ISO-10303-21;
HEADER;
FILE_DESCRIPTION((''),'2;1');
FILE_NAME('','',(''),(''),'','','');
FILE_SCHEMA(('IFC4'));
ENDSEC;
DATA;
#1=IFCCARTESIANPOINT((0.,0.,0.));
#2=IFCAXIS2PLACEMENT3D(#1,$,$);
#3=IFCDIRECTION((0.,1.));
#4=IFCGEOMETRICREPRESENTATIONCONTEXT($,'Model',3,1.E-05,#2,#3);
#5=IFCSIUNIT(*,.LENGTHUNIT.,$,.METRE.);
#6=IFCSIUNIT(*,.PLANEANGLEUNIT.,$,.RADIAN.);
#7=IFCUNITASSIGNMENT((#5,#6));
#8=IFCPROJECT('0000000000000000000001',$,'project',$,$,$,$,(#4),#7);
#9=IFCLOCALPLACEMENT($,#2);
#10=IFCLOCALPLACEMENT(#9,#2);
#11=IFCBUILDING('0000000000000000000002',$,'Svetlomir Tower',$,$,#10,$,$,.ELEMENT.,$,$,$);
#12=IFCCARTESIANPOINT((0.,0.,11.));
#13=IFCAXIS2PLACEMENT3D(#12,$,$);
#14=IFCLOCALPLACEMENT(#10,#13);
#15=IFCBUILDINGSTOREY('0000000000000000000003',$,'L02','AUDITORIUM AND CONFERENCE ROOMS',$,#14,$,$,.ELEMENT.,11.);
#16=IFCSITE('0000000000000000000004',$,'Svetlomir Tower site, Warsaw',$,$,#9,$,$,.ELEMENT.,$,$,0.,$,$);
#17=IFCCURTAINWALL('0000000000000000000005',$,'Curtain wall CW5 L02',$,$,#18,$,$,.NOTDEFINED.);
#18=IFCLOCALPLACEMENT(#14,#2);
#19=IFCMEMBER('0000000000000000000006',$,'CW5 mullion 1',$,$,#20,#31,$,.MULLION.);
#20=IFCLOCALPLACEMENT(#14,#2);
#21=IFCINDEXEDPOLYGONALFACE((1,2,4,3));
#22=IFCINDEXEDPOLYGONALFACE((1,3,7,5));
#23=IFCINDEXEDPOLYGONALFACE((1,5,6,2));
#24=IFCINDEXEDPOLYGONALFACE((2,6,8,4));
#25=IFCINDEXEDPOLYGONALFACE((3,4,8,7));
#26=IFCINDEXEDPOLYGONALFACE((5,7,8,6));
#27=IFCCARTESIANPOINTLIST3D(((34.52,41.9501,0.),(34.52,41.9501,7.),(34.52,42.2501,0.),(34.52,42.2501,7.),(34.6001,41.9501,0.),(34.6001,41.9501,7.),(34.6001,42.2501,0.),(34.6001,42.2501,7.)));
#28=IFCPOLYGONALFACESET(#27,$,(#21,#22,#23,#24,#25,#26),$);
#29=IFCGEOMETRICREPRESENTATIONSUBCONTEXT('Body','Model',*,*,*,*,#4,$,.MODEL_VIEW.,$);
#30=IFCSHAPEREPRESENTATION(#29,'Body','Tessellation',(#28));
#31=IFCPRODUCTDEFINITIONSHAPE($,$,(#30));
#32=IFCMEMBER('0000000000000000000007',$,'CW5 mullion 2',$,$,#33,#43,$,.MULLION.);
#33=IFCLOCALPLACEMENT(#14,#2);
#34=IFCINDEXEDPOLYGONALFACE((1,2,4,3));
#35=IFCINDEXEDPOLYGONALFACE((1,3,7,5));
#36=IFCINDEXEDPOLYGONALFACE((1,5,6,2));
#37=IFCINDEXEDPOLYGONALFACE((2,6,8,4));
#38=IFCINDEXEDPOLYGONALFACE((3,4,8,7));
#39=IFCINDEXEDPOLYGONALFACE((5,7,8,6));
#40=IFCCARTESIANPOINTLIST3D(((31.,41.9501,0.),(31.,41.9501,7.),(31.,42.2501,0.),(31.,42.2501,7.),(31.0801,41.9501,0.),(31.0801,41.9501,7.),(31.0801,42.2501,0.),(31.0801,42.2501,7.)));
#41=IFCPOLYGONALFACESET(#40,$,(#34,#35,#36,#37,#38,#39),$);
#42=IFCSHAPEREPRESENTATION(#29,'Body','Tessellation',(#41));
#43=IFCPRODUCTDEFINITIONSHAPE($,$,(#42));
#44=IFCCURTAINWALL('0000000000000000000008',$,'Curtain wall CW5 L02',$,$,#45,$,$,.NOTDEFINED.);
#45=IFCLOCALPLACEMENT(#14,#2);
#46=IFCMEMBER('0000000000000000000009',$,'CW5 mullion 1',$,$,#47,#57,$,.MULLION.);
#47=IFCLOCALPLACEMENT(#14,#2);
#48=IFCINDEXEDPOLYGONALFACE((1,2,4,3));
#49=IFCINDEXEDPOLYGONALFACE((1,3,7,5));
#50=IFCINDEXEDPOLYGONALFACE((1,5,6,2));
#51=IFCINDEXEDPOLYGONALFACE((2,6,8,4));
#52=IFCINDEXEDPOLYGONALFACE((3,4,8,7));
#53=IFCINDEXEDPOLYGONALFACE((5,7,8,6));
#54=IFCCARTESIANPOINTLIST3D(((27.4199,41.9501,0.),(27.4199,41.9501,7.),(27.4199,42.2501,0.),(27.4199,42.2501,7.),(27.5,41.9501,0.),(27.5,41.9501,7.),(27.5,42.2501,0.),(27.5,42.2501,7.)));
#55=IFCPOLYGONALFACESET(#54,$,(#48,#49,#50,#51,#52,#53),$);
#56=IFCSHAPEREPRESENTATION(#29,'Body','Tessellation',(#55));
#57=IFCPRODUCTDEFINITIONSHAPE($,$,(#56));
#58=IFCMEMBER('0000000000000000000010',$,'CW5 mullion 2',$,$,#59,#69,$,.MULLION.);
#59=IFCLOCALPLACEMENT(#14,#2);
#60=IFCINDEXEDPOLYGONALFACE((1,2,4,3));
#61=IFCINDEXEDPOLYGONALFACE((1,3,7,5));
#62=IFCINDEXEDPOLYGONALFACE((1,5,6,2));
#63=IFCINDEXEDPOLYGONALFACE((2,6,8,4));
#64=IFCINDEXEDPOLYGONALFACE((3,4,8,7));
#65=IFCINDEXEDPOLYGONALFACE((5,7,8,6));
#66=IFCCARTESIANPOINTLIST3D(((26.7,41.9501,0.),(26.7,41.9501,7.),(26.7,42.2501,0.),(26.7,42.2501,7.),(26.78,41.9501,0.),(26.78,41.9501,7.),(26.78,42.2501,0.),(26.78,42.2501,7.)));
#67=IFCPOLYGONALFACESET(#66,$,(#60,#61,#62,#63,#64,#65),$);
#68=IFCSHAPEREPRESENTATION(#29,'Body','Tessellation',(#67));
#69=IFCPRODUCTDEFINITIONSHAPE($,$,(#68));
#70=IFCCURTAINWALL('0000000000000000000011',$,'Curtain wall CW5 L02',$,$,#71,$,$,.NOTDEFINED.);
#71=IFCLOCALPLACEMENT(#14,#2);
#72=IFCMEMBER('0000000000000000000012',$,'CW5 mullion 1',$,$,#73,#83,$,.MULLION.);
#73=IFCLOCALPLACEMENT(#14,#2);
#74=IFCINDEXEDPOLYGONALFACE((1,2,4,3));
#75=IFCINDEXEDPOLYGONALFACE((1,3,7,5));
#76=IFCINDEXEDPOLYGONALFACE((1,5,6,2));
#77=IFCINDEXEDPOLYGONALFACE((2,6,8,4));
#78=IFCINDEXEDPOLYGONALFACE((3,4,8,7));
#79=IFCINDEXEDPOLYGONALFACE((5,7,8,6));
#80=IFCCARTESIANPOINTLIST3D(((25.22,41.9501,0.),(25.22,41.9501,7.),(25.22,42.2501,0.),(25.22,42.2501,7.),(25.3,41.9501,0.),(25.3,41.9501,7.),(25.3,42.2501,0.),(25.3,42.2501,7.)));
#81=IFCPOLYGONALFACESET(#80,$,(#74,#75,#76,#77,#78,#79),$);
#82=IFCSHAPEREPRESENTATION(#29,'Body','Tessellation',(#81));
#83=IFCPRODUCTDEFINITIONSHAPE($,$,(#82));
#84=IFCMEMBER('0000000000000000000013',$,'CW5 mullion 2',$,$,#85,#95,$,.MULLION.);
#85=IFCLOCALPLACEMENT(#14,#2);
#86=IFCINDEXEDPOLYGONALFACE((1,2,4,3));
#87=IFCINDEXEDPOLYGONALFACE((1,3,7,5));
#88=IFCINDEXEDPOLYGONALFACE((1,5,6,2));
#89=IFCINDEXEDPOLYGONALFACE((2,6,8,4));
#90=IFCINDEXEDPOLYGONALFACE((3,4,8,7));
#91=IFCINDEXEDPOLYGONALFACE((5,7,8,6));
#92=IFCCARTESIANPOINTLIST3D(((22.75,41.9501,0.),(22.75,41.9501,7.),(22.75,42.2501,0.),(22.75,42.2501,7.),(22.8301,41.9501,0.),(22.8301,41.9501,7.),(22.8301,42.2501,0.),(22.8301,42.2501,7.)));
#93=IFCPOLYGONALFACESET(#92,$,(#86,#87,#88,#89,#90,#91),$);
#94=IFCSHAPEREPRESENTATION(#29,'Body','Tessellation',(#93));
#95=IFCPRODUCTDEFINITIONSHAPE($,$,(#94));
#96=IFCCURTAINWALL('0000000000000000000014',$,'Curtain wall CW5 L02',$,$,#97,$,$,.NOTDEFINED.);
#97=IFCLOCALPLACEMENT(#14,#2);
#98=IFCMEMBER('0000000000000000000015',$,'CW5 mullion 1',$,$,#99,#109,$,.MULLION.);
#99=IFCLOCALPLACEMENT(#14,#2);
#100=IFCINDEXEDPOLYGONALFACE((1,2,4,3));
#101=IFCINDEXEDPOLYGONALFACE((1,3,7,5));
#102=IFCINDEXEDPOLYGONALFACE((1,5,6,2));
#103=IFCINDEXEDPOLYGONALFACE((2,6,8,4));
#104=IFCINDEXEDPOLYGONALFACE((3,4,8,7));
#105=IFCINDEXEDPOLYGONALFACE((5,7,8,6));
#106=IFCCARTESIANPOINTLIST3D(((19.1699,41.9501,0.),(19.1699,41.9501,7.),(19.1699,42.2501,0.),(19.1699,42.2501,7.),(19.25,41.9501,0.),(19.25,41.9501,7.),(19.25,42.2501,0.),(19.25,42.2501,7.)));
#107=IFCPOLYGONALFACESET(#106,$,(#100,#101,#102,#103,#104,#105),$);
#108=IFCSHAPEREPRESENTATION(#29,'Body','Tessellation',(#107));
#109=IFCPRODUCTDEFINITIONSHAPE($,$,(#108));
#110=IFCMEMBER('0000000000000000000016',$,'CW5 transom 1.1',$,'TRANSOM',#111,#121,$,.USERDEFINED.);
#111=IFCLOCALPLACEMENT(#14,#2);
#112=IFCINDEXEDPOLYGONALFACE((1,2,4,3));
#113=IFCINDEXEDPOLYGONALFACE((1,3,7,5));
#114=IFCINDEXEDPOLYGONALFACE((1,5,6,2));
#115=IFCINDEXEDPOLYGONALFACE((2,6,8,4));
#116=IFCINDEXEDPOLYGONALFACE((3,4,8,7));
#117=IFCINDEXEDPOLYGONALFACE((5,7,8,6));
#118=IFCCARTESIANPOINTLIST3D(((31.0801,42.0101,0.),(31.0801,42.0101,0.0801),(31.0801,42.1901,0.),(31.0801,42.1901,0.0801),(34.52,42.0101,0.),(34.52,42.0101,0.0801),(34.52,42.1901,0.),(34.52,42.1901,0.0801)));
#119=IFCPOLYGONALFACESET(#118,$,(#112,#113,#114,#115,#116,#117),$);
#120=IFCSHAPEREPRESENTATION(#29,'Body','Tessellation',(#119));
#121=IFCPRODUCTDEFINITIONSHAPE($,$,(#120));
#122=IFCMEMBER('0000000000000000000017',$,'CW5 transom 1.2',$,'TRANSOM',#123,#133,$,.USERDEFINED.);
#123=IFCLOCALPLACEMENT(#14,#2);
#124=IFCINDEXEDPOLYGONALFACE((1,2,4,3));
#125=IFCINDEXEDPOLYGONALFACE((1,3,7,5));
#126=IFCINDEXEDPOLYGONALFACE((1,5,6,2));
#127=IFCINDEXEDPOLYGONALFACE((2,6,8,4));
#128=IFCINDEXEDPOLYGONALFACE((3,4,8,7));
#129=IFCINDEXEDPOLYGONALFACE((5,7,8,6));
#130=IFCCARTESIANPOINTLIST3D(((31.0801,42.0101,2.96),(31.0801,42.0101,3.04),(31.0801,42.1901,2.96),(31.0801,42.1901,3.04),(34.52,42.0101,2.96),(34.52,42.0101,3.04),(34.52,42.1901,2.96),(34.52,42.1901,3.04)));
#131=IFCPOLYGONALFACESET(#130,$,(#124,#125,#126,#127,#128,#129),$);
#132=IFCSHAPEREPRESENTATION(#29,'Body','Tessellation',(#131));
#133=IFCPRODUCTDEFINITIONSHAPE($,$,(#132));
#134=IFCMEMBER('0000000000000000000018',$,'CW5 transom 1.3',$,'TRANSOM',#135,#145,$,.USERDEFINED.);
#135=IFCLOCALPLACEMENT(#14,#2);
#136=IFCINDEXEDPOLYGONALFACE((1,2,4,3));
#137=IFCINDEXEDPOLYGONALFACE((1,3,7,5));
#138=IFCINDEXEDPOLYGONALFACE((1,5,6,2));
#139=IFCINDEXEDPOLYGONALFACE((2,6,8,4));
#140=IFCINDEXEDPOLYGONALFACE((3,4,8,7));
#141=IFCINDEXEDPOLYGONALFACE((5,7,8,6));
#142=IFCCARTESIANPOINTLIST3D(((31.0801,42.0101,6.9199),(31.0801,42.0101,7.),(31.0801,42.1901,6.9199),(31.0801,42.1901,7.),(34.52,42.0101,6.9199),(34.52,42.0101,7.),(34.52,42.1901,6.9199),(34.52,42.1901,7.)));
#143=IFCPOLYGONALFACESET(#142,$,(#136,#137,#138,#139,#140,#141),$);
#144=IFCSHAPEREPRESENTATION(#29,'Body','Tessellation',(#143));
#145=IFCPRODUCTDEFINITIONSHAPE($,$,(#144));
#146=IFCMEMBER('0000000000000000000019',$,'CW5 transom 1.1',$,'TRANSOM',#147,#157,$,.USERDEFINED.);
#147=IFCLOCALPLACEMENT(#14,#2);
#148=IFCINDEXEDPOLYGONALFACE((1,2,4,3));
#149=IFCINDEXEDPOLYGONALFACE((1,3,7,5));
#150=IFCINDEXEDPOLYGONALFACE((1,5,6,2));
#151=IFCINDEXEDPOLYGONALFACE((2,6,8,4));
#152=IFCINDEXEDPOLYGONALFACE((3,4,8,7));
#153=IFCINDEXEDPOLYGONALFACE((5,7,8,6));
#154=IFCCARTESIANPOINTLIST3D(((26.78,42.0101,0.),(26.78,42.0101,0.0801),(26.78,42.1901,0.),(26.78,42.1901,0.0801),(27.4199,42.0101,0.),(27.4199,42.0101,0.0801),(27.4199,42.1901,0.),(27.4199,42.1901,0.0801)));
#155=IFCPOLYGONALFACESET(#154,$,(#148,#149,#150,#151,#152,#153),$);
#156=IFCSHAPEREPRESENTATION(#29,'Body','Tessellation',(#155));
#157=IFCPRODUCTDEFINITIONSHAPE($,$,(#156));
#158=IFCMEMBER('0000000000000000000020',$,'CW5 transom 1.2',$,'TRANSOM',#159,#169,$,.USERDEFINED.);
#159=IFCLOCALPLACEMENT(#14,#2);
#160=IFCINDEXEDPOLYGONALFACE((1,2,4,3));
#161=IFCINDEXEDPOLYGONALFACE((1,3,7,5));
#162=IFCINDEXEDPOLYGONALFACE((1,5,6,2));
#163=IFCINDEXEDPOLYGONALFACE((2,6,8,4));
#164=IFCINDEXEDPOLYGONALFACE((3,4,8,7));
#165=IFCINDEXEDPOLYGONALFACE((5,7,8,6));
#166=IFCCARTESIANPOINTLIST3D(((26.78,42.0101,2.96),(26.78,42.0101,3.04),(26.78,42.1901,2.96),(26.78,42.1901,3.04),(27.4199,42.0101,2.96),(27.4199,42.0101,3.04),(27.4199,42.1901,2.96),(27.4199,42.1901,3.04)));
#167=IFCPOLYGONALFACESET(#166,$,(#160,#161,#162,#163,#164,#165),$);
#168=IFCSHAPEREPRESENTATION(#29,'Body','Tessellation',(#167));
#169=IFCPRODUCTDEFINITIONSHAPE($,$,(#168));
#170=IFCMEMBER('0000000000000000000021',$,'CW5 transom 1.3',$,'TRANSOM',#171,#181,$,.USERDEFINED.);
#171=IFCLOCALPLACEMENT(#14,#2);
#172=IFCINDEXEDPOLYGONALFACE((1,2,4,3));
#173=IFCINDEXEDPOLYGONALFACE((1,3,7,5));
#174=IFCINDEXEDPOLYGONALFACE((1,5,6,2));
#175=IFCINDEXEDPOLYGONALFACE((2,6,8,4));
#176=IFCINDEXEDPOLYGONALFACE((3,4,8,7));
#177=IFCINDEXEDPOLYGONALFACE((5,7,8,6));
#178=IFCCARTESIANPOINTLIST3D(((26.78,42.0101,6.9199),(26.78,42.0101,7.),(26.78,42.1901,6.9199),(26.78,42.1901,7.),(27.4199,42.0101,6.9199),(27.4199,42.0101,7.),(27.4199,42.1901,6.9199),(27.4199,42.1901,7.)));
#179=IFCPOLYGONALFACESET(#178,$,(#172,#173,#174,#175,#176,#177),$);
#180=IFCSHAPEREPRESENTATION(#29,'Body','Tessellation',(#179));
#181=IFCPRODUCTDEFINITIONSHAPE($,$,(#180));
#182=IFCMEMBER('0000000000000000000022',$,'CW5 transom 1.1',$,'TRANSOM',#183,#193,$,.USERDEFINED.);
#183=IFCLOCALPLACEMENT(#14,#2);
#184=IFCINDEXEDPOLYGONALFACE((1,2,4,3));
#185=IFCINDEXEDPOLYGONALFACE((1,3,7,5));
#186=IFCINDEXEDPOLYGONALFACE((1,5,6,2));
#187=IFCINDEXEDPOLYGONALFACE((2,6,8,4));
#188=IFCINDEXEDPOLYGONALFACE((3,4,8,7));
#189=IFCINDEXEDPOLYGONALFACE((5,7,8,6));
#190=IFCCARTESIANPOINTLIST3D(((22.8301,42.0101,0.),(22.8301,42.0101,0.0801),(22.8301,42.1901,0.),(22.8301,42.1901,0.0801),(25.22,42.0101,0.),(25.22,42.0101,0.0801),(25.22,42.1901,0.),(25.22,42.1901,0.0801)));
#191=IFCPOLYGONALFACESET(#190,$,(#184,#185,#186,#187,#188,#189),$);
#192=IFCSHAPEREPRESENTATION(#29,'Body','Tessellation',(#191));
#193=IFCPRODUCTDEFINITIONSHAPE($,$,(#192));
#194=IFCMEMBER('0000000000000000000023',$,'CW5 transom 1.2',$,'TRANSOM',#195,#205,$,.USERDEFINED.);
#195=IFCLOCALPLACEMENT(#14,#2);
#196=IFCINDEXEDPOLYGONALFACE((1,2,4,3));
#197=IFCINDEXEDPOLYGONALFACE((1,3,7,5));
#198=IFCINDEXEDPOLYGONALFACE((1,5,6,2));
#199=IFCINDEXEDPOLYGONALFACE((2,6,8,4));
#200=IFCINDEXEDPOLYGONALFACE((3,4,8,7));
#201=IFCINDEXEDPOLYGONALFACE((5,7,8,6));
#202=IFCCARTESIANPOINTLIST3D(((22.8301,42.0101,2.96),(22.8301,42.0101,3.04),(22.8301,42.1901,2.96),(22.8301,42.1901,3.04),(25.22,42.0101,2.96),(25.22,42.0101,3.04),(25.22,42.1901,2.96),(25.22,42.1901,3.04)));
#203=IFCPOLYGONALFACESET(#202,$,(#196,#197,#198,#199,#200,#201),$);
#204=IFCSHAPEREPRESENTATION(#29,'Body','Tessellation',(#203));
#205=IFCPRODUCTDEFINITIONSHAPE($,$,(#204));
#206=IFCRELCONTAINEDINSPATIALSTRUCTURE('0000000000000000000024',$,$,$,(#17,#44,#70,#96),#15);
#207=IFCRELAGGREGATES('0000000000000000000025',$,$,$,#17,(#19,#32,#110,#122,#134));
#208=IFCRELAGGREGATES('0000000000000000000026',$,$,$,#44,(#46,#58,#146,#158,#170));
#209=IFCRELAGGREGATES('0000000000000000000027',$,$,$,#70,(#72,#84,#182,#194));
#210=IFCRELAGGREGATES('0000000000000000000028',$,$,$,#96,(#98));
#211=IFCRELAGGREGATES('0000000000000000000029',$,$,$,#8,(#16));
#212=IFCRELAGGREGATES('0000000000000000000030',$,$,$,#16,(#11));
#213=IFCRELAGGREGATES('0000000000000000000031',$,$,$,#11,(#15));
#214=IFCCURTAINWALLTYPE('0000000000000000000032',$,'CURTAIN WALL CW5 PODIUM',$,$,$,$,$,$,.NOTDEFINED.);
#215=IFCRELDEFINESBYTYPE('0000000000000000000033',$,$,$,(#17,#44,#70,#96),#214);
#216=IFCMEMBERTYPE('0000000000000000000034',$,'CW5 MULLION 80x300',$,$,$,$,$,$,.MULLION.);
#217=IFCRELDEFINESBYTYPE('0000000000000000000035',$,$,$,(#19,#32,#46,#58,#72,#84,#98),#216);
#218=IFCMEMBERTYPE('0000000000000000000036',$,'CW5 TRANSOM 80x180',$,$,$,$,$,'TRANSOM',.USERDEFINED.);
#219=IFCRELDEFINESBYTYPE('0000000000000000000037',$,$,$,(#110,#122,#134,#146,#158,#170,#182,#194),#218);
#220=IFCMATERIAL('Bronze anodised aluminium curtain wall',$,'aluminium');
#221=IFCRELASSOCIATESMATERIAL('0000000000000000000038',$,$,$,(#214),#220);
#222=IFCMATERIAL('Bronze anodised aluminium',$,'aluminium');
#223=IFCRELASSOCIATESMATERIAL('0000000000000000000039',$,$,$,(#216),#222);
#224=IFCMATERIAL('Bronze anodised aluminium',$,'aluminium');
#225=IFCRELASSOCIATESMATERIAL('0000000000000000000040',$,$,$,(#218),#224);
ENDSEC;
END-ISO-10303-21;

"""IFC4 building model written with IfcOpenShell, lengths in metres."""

from ifc_helpers import new_model, si_unit, direction, frame, origin, origin_2d, place, context, subcontext, project, spatial, rectangle, extrude, material, material_profile, profile_set, type_object, element, aggregate, save


model = new_model("IFC4")

# Units and contexts
model_context = context("Model", 3, precision=1e-05, world=origin(), true_north=direction((0.0, 1.0)))
body_context = subcontext(model_context, "Body", "Model", "MODEL_VIEW")
ifc_project = project(units=[si_unit("LENGTHUNIT", "METRE"), si_unit("PLANEANGLEUNIT", "RADIAN")], contexts=[model_context])

# Site, building, storey
site_placement = place(None, origin())
site = spatial("IfcSite", under=ifc_project, at=site_placement, Name="Svetlomir Tower site, Warsaw", CompositionType="ELEMENT", RefElevation=0.0)
building_placement = place(site_placement, origin())
building = spatial("IfcBuilding", under=site, at=building_placement, Name="Svetlomir Tower", CompositionType="ELEMENT")
storey_placement = place(building_placement, frame((0.0, 0.0, 11.0)))
storey = spatial("IfcBuildingStorey", under=building, at=storey_placement, Name="L02", Description="AUDITORIUM AND CONFERENCE ROOMS", CompositionType="ELEMENT", Elevation=11.0)

# Curtain walls, members
ifc_material_1 = material(Name="Bronze anodised aluminium curtain wall", Category="aluminium")
curtain_wall_type = type_object("IfcCurtainWallType", Name="CURTAIN WALL CW5 PODIUM", PredefinedType="NOTDEFINED", material=ifc_material_1)
curtain_wall_1_placement = place(storey_placement, origin())
curtain_wall_1 = element("IfcCurtainWall", 1, at=curtain_wall_1_placement, inside=storey, type_object=curtain_wall_type, Name="Curtain wall CW5 L02", PredefinedType="NOTDEFINED")
ifc_material_2 = material(Name="Bronze anodised aluminium", Category="aluminium")
ifc_material_profile_1 = material_profile(ifc_material_2, rectangle(XDim=0.0801, YDim=0.3, at=origin_2d()), Name="AL 80x300")
ifc_profile_set_1 = profile_set([ifc_material_profile_1], Name="Bronze anodised aluminium 6063-T6")
member_type_1 = type_object("IfcMemberType", Name="CW5 MULLION 80x300", PredefinedType="MULLION", material=ifc_profile_set_1)
member_1_placement = place(storey_placement, frame((34.5601, 42.1001, 0.0), z_axis=(0.0, 0.0, 1.0), x_axis=(-1.0, 0.0, 0.0)))
member_1 = element("IfcMember", 2, at=member_1_placement, type_object=member_type_1, Name="CW5 mullion 1", PredefinedType="MULLION", context=body_context, shape_type="SweptSolid", body=[
    extrude(rectangle(XDim=0.0801, YDim=0.3, at=origin_2d()), origin(), (0.0, 0.0, 1.0), 7.0),
])
member_2_placement = place(storey_placement, frame((31.04, 42.1001, 0.0), z_axis=(0.0, 0.0, 1.0), x_axis=(-1.0, 0.0, 0.0)))
member_2 = element("IfcMember", 3, at=member_2_placement, type_object=member_type_1, Name="CW5 mullion 2", PredefinedType="MULLION", context=body_context, shape_type="SweptSolid", body=[
    extrude(rectangle(XDim=0.0801, YDim=0.3, at=origin_2d()), origin(), (0.0, 0.0, 1.0), 7.0),
])
curtain_wall_2_placement = place(storey_placement, origin())
curtain_wall_2 = element("IfcCurtainWall", 4, at=curtain_wall_2_placement, inside=storey, type_object=curtain_wall_type, Name="Curtain wall CW5 L02", PredefinedType="NOTDEFINED")
member_3_placement = place(storey_placement, frame((27.46, 42.1001, 0.0), z_axis=(0.0, 0.0, 1.0), x_axis=(-1.0, 0.0, 0.0)))
member_3 = element("IfcMember", 5, at=member_3_placement, type_object=member_type_1, Name="CW5 mullion 1", PredefinedType="MULLION", context=body_context, shape_type="SweptSolid", body=[
    extrude(rectangle(XDim=0.0801, YDim=0.3, at=origin_2d()), origin(), (0.0, 0.0, 1.0), 7.0),
])
member_4_placement = place(storey_placement, frame((26.74, 42.1001, 0.0), z_axis=(0.0, 0.0, 1.0), x_axis=(-1.0, 0.0, 0.0)))
member_4 = element("IfcMember", 6, at=member_4_placement, type_object=member_type_1, Name="CW5 mullion 2", PredefinedType="MULLION", context=body_context, shape_type="SweptSolid", body=[
    extrude(rectangle(XDim=0.0801, YDim=0.3, at=origin_2d()), origin(), (0.0, 0.0, 1.0), 7.0),
])
curtain_wall_3_placement = place(storey_placement, origin())
curtain_wall_3 = element("IfcCurtainWall", 7, at=curtain_wall_3_placement, inside=storey, type_object=curtain_wall_type, Name="Curtain wall CW5 L02", PredefinedType="NOTDEFINED")
member_5_placement = place(storey_placement, frame((25.26, 42.1001, 0.0), z_axis=(0.0, 0.0, 1.0), x_axis=(-1.0, 0.0, 0.0)))
member_5 = element("IfcMember", 8, at=member_5_placement, type_object=member_type_1, Name="CW5 mullion 1", PredefinedType="MULLION", context=body_context, shape_type="SweptSolid", body=[
    extrude(rectangle(XDim=0.0801, YDim=0.3, at=origin_2d()), origin(), (0.0, 0.0, 1.0), 7.0),
])
member_6_placement = place(storey_placement, frame((22.79, 42.1001, 0.0), z_axis=(0.0, 0.0, 1.0), x_axis=(-1.0, 0.0, 0.0)))
member_6 = element("IfcMember", 9, at=member_6_placement, type_object=member_type_1, Name="CW5 mullion 2", PredefinedType="MULLION", context=body_context, shape_type="SweptSolid", body=[
    extrude(rectangle(XDim=0.0801, YDim=0.3, at=origin_2d()), origin(), (0.0, 0.0, 1.0), 7.0),
])

# Curtain wall, member
curtain_wall_4_placement = place(storey_placement, origin())
curtain_wall_4 = element("IfcCurtainWall", 10, at=curtain_wall_4_placement, inside=storey, type_object=curtain_wall_type, Name="Curtain wall CW5 L02", PredefinedType="NOTDEFINED")
member_7_placement = place(storey_placement, frame((19.21, 42.1001, 0.0), z_axis=(0.0, 0.0, 1.0), x_axis=(-1.0, 0.0, 0.0)))
member_7 = element("IfcMember", 11, at=member_7_placement, type_object=member_type_1, Name="CW5 mullion 1", PredefinedType="MULLION", context=body_context, shape_type="SweptSolid", body=[
    extrude(rectangle(XDim=0.0801, YDim=0.3, at=origin_2d()), origin(), (0.0, 0.0, 1.0), 7.0),
])

# Members
ifc_material_3 = material(Name="Bronze anodised aluminium", Category="aluminium")
ifc_material_profile_2 = material_profile(ifc_material_3, rectangle(XDim=0.1799, YDim=0.0801, at=origin_2d()), Name="AL 180x80")
ifc_profile_set_2 = profile_set([ifc_material_profile_2], Name="Bronze anodised aluminium 6063-T6")
member_type_2 = type_object("IfcMemberType", Name="CW5 TRANSOM 80x180", ElementType="TRANSOM", PredefinedType="USERDEFINED", material=ifc_profile_set_2)
member_8_placement = place(storey_placement, frame((34.52, 42.1001, 0.04), z_axis=(-1.0, 0.0, 0.0), x_axis=(0.0, -1.0, 0.0)))
member_8 = element("IfcMember", 12, at=member_8_placement, type_object=member_type_2, Name="CW5 transom 1.1", ObjectType="TRANSOM", PredefinedType="USERDEFINED", context=body_context, shape_type="SweptSolid", body=[
    extrude(rectangle(XDim=0.1799, YDim=0.0801, at=origin_2d()), origin(), (0.0, 0.0, 1.0), 3.4399),
])
member_9_placement = place(storey_placement, frame((34.52, 42.1001, 3.0), z_axis=(-1.0, 0.0, 0.0), x_axis=(0.0, -1.0, 0.0)))
member_9 = element("IfcMember", 13, at=member_9_placement, type_object=member_type_2, Name="CW5 transom 1.2", ObjectType="TRANSOM", PredefinedType="USERDEFINED", context=body_context, shape_type="SweptSolid", body=[
    extrude(rectangle(XDim=0.1799, YDim=0.0801, at=origin_2d()), origin(), (0.0, 0.0, 1.0), 3.4399),
])
member_10_placement = place(storey_placement, frame((34.52, 42.1001, 6.96), z_axis=(-1.0, 0.0, 0.0), x_axis=(0.0, -1.0, 0.0)))
member_10 = element("IfcMember", 14, at=member_10_placement, type_object=member_type_2, Name="CW5 transom 1.3", ObjectType="TRANSOM", PredefinedType="USERDEFINED", context=body_context, shape_type="SweptSolid", body=[
    extrude(rectangle(XDim=0.1799, YDim=0.0801, at=origin_2d()), origin(), (0.0, 0.0, 1.0), 3.4399),
])
member_11_placement = place(storey_placement, frame((27.4199, 42.1001, 0.04), z_axis=(-1.0, 0.0, 0.0), x_axis=(0.0, -1.0, 0.0)))
member_11 = element("IfcMember", 15, at=member_11_placement, type_object=member_type_2, Name="CW5 transom 1.1", ObjectType="TRANSOM", PredefinedType="USERDEFINED", context=body_context, shape_type="SweptSolid", body=[
    extrude(rectangle(XDim=0.1799, YDim=0.0801, at=origin_2d()), origin(), (0.0, 0.0, 1.0), 0.6399),
])
member_12_placement = place(storey_placement, frame((27.4199, 42.1001, 3.0), z_axis=(-1.0, 0.0, 0.0), x_axis=(0.0, -1.0, 0.0)))
member_12 = element("IfcMember", 16, at=member_12_placement, type_object=member_type_2, Name="CW5 transom 1.2", ObjectType="TRANSOM", PredefinedType="USERDEFINED", context=body_context, shape_type="SweptSolid", body=[
    extrude(rectangle(XDim=0.1799, YDim=0.0801, at=origin_2d()), origin(), (0.0, 0.0, 1.0), 0.6399),
])
member_13_placement = place(storey_placement, frame((27.4199, 42.1001, 6.96), z_axis=(-1.0, 0.0, 0.0), x_axis=(0.0, -1.0, 0.0)))
member_13 = element("IfcMember", 17, at=member_13_placement, type_object=member_type_2, Name="CW5 transom 1.3", ObjectType="TRANSOM", PredefinedType="USERDEFINED", context=body_context, shape_type="SweptSolid", body=[
    extrude(rectangle(XDim=0.1799, YDim=0.0801, at=origin_2d()), origin(), (0.0, 0.0, 1.0), 0.6399),
])
member_14_placement = place(storey_placement, frame((25.22, 42.1001, 0.04), z_axis=(-1.0, 0.0, 0.0), x_axis=(0.0, -1.0, 0.0)))
member_14 = element("IfcMember", 18, at=member_14_placement, type_object=member_type_2, Name="CW5 transom 1.1", ObjectType="TRANSOM", PredefinedType="USERDEFINED", context=body_context, shape_type="SweptSolid", body=[
    extrude(rectangle(XDim=0.1799, YDim=0.0801, at=origin_2d()), origin(), (0.0, 0.0, 1.0), 2.3899),
])
member_15_placement = place(storey_placement, frame((25.22, 42.1001, 3.0), z_axis=(-1.0, 0.0, 0.0), x_axis=(0.0, -1.0, 0.0)))
member_15 = element("IfcMember", 19, at=member_15_placement, type_object=member_type_2, Name="CW5 transom 1.2", ObjectType="TRANSOM", PredefinedType="USERDEFINED", context=body_context, shape_type="SweptSolid", body=[
    extrude(rectangle(XDim=0.1799, YDim=0.0801, at=origin_2d()), origin(), (0.0, 0.0, 1.0), 2.3899),
])

aggregate(curtain_wall_1, [member_1, member_2, member_8, member_9, member_10])
aggregate(curtain_wall_2, [member_3, member_4, member_11, member_12, member_13])
aggregate(curtain_wall_3, [member_5, member_6, member_14, member_15])
aggregate(curtain_wall_4, [member_7])

save(model, "model.ifc")
